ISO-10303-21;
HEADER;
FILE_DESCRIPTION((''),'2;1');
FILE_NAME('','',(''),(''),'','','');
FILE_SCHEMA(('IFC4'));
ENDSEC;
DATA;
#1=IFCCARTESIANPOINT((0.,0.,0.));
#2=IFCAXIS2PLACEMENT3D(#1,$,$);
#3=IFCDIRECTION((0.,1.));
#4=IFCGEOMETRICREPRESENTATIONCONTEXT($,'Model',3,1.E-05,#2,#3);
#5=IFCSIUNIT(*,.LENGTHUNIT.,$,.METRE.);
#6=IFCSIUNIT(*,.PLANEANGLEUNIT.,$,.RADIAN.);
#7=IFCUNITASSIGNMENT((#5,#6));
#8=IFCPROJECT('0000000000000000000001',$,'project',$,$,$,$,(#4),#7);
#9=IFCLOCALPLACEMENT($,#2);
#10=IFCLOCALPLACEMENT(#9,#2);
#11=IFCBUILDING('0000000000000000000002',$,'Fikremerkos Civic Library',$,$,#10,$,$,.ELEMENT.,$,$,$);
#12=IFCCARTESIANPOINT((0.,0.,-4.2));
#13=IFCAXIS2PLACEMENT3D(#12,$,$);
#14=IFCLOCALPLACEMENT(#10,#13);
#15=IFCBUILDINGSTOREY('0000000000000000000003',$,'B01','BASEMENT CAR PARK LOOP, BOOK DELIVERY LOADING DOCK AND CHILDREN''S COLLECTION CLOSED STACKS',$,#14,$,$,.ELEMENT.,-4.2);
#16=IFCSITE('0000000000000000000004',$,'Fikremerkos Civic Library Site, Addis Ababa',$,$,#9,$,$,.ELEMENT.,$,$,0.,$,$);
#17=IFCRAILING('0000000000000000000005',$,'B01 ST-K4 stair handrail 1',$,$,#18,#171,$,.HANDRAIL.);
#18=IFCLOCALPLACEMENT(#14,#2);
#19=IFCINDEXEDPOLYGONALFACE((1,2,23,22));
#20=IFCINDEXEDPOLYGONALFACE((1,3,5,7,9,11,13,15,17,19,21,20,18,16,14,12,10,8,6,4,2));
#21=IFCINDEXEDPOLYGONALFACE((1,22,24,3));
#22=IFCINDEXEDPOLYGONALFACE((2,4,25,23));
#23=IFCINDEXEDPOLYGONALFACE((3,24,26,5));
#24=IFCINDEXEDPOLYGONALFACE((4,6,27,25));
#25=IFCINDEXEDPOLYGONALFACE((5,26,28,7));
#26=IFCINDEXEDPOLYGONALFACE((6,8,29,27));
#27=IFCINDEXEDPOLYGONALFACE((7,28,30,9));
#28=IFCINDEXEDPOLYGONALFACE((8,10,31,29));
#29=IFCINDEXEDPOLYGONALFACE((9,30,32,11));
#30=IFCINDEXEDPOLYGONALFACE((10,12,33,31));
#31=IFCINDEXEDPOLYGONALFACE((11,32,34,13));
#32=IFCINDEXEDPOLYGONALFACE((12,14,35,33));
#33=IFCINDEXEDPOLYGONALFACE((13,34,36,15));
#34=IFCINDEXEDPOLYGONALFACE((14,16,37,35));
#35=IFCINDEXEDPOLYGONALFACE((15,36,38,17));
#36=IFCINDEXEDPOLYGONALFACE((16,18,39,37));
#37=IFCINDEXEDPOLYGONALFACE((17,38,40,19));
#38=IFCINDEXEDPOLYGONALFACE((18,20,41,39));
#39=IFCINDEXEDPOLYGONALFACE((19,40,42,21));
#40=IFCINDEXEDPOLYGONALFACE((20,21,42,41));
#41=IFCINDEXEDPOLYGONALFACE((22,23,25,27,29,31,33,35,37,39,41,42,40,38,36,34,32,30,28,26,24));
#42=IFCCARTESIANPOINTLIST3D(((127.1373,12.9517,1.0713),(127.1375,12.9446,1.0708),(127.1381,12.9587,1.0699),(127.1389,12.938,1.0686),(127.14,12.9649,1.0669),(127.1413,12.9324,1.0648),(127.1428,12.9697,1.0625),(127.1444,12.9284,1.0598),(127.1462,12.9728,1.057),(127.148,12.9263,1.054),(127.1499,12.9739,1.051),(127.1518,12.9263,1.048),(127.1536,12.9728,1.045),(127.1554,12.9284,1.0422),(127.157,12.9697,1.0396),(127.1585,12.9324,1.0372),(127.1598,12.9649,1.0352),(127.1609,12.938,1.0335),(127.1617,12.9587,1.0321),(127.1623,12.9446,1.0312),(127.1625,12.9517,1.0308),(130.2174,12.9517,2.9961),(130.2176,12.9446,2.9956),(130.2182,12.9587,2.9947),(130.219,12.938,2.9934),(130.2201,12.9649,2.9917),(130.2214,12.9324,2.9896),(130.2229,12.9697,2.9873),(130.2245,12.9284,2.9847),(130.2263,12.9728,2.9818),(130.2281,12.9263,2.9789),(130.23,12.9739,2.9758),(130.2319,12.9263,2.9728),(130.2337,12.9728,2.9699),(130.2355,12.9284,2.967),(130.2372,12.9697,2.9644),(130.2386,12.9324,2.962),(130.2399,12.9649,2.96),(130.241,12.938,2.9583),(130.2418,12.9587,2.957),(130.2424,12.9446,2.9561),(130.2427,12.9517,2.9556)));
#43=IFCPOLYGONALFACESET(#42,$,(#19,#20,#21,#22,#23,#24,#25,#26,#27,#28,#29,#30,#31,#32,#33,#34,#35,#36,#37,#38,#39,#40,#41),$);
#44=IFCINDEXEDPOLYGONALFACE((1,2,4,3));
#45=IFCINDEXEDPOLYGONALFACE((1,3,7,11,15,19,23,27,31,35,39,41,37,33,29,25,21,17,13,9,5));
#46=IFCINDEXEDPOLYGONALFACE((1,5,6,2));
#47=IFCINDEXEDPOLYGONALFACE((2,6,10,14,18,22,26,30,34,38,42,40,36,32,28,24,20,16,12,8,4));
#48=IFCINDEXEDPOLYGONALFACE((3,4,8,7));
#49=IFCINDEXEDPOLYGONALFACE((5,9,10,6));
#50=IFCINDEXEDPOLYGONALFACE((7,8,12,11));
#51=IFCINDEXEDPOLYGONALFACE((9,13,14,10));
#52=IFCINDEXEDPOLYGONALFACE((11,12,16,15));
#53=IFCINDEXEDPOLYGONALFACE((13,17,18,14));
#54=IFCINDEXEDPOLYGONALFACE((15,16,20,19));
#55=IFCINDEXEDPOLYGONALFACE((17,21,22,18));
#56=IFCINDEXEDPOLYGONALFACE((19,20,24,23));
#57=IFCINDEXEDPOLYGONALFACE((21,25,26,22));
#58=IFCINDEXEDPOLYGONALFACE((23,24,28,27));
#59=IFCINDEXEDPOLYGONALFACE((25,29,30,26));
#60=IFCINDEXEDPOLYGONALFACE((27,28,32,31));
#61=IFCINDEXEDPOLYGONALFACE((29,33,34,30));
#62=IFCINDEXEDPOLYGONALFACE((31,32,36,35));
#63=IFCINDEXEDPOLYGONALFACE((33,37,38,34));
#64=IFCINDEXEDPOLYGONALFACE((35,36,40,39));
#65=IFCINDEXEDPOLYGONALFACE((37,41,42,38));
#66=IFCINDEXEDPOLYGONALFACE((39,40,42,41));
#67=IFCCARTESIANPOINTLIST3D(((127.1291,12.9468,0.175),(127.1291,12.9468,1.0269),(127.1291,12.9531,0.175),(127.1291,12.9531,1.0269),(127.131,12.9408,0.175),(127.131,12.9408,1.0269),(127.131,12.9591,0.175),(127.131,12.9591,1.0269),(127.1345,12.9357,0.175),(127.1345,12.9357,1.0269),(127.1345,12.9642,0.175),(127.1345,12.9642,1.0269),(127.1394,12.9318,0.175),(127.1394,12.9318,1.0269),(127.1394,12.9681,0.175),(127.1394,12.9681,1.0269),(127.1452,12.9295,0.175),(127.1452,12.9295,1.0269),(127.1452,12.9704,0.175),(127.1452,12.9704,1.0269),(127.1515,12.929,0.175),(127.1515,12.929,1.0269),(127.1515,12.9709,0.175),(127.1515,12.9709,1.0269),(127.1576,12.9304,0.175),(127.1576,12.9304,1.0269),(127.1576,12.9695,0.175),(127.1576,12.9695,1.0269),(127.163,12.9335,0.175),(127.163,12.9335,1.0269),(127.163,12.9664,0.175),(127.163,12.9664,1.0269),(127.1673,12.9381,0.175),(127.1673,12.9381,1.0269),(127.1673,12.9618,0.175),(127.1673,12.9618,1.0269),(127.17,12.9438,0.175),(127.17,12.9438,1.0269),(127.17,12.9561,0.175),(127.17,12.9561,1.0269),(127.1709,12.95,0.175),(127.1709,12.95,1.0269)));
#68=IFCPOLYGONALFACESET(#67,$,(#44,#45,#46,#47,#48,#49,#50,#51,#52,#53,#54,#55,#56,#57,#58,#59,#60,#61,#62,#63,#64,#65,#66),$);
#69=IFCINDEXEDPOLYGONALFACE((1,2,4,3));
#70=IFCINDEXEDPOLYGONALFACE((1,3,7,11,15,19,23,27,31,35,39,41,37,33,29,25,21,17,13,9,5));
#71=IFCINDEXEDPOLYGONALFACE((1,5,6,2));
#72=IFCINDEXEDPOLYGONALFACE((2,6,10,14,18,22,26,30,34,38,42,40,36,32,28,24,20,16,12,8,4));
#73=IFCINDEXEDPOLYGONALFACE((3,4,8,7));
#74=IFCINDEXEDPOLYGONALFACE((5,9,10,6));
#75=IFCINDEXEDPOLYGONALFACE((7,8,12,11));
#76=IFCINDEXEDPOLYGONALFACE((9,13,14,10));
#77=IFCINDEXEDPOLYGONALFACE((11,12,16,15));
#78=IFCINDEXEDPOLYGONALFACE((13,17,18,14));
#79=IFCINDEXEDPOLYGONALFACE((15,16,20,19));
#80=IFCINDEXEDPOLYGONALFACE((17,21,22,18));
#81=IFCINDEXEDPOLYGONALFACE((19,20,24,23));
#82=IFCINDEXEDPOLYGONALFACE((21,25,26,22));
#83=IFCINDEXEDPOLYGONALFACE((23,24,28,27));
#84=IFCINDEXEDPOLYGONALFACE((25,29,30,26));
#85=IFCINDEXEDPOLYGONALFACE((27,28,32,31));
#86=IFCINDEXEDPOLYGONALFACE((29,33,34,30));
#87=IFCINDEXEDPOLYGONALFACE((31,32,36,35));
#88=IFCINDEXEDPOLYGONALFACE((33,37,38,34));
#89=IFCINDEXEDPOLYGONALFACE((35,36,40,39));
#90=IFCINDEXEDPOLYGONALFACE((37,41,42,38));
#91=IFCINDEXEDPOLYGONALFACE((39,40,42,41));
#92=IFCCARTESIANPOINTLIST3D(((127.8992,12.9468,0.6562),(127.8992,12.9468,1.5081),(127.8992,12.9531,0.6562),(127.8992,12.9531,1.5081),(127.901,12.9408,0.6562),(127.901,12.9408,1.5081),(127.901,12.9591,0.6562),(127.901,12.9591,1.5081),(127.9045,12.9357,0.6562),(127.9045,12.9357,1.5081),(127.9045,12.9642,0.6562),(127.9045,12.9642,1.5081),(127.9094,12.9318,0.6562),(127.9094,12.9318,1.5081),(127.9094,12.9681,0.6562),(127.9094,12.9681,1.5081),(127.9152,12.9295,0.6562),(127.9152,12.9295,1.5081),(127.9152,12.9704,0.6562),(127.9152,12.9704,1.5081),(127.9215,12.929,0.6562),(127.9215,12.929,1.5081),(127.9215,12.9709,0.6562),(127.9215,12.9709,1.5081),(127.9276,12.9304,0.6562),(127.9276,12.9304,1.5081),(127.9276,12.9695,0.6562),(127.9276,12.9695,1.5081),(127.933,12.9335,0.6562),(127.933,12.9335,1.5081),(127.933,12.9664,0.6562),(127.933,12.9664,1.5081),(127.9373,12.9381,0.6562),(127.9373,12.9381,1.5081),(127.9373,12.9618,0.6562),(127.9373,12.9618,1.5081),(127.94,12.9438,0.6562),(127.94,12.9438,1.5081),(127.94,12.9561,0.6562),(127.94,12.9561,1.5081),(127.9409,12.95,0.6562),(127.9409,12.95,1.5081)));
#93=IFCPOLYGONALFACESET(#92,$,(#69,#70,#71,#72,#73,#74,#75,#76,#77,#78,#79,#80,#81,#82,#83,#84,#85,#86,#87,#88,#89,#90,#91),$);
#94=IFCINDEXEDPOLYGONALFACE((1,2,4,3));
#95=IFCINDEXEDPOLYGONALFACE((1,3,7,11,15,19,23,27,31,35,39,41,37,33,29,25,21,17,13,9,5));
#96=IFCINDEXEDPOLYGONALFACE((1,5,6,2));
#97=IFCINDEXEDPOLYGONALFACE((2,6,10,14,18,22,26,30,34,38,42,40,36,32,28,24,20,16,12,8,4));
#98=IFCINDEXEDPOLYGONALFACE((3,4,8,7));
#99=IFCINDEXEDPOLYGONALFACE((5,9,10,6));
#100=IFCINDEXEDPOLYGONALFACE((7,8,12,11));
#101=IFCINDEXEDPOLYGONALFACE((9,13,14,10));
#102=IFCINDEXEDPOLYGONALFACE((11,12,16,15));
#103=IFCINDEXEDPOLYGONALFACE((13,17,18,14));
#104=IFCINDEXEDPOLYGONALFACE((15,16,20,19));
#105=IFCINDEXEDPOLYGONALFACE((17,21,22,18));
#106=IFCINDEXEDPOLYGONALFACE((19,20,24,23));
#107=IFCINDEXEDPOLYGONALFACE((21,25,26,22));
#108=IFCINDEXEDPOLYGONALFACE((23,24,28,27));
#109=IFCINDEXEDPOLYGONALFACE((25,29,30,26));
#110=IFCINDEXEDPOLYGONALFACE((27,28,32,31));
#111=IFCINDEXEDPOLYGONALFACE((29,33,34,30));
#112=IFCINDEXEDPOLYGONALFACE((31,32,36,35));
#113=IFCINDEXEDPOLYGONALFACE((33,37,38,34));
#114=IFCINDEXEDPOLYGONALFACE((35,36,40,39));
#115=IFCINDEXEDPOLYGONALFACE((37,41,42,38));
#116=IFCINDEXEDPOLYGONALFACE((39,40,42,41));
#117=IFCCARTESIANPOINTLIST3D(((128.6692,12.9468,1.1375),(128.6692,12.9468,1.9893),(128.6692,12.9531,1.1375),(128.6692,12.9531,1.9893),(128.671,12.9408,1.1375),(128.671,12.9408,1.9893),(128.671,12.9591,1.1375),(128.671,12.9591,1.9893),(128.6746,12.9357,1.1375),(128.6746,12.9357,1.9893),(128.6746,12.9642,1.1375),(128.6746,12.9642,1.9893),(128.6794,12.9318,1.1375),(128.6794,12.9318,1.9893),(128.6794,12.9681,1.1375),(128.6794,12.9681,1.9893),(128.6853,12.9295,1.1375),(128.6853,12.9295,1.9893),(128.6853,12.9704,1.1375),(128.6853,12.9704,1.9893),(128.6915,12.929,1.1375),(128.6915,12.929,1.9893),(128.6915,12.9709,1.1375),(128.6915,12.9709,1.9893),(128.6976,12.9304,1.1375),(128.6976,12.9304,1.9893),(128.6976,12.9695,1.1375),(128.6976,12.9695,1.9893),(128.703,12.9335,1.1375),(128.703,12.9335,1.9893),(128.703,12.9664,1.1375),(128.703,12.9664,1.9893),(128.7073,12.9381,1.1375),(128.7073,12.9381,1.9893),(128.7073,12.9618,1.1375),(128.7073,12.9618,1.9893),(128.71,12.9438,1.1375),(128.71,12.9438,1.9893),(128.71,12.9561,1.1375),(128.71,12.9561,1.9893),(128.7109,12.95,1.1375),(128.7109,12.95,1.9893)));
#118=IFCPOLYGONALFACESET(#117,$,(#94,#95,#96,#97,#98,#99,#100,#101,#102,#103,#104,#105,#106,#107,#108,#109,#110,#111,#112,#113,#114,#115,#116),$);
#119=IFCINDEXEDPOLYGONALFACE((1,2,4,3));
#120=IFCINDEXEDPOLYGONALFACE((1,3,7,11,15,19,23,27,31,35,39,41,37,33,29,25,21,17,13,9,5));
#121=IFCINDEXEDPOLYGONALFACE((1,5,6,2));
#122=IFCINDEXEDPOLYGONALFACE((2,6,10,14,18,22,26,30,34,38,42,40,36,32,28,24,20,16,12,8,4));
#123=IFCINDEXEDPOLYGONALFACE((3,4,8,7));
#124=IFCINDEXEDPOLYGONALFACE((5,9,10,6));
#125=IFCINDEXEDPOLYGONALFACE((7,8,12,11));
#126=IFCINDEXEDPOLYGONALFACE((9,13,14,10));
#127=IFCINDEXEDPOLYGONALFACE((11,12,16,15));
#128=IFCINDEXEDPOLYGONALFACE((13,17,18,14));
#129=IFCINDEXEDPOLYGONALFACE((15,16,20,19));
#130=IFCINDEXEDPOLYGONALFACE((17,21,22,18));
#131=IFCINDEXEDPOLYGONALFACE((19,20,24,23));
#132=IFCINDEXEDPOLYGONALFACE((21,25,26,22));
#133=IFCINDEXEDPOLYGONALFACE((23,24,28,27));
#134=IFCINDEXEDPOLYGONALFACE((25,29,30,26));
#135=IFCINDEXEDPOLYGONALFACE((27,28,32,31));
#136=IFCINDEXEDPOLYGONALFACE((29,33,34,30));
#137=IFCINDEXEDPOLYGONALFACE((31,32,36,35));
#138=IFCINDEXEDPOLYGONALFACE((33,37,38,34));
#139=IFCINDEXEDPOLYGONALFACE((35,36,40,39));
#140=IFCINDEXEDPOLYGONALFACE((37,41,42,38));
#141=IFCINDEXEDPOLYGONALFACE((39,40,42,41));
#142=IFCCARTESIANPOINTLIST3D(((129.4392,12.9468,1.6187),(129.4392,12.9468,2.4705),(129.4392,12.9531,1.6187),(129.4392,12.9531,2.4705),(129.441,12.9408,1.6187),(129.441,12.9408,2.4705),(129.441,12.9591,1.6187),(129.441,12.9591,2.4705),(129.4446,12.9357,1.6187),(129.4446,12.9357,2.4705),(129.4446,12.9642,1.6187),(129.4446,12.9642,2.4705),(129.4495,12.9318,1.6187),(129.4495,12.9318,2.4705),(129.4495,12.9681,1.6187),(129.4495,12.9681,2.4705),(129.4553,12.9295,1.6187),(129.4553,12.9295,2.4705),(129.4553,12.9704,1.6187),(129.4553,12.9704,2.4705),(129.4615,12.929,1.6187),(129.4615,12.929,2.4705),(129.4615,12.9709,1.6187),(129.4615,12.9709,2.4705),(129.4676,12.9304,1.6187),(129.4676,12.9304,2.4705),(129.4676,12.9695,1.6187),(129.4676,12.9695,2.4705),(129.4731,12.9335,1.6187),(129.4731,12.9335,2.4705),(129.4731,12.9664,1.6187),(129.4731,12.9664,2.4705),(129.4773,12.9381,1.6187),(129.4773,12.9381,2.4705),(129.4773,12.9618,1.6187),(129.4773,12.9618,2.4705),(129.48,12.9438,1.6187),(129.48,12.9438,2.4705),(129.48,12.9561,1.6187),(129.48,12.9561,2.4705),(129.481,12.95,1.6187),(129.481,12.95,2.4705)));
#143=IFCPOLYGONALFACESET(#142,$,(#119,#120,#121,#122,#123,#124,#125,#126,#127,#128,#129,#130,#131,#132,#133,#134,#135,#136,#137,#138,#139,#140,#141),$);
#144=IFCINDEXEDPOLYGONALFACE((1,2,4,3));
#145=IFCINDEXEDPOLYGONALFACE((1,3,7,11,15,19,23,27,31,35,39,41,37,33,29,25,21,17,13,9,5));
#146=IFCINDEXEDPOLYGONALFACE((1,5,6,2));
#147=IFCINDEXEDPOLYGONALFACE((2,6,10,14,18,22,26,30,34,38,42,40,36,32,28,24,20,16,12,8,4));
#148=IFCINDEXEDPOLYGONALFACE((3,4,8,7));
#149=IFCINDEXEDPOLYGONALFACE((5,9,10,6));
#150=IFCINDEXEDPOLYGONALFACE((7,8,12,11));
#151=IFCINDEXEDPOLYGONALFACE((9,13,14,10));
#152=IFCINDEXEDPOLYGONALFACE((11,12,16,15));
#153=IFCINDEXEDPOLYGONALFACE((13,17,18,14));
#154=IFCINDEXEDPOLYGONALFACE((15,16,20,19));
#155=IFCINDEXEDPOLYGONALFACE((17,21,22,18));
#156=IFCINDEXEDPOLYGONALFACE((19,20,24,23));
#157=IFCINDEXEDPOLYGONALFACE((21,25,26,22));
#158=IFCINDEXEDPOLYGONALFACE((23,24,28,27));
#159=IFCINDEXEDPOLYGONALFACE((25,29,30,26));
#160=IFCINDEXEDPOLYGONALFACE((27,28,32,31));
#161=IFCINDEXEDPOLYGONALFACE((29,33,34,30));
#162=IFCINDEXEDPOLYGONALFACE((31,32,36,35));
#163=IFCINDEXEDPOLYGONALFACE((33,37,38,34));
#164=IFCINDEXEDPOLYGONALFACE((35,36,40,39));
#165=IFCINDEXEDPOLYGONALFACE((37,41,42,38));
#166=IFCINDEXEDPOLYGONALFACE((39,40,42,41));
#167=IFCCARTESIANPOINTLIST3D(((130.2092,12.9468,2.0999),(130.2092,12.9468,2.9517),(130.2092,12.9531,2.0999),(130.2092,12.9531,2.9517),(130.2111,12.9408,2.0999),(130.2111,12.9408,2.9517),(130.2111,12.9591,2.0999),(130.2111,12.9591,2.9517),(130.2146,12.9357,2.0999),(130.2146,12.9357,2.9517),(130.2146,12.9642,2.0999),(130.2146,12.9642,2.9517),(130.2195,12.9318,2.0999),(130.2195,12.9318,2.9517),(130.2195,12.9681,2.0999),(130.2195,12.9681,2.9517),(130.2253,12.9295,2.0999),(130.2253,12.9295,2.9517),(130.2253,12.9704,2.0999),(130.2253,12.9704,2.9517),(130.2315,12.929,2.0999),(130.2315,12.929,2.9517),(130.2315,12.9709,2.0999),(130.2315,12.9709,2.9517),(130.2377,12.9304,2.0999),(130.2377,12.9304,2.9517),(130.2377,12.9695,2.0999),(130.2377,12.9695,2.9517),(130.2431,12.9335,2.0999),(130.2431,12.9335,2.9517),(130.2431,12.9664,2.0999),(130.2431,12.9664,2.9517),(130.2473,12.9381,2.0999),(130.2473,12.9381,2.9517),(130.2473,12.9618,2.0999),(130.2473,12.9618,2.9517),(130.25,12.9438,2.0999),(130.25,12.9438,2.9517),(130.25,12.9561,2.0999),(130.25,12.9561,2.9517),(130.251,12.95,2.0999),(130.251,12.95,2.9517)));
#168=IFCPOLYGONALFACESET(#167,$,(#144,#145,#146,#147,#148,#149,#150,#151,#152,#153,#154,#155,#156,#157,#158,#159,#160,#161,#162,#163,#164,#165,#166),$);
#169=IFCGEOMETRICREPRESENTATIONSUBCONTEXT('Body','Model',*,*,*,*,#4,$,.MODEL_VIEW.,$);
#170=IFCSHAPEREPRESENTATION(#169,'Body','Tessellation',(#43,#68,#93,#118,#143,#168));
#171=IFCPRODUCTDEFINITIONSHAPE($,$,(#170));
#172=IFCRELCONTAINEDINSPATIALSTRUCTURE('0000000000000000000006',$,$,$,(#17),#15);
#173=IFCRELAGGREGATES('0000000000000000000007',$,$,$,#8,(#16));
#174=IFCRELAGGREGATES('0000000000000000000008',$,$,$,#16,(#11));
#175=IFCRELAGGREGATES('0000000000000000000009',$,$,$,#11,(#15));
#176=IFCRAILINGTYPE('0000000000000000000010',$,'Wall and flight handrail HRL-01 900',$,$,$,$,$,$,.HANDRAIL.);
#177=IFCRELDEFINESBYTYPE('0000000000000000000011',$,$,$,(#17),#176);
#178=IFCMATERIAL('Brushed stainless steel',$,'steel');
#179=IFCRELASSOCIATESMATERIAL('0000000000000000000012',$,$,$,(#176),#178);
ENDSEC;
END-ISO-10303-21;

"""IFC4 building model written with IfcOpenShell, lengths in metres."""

from ifc_helpers import new_model, si_unit, direction, frame, origin, origin_2d, place, context, subcontext, project, spatial, circle, extrude, material, type_object, element, save


model = new_model("IFC4")

# Units and contexts
model_context = context("Model", 3, precision=1e-05, world=origin(), true_north=direction((0.0, 1.0)))
body_context = subcontext(model_context, "Body", "Model", "MODEL_VIEW")
ifc_project = project(units=[si_unit("LENGTHUNIT", "METRE"), si_unit("PLANEANGLEUNIT", "RADIAN")], contexts=[model_context])

# Site, building, storey
site_placement = place(None, origin())
site = spatial("IfcSite", under=ifc_project, at=site_placement, Name="Fikremerkos Civic Library Site, Addis Ababa", CompositionType="ELEMENT", RefElevation=0.0)
building_placement = place(site_placement, origin())
building = spatial("IfcBuilding", under=site, at=building_placement, Name="Fikremerkos Civic Library", CompositionType="ELEMENT")
storey_placement = place(building_placement, frame((0.0, 0.0, -4.2)))
storey = spatial("IfcBuildingStorey", under=building, at=storey_placement, Name="B01", Description="BASEMENT CAR PARK LOOP, BOOK DELIVERY LOADING DOCK AND CHILDREN'S COLLECTION CLOSED STACKS", CompositionType="ELEMENT", Elevation=-4.2)

# Shared definitions
ifc_material_1 = material(Name="Brushed stainless steel", Category="steel")

# Railing
railing_type_1 = type_object("IfcRailingType", Name="Wall and flight handrail HRL-01 900", PredefinedType="HANDRAIL", material=ifc_material_1)
railing_1_placement = place(storey_placement, frame((127.1499, 12.95, 0.175)))
element("IfcRailing", 1, at=railing_1_placement, inside=storey, type_object=railing_type_1, Name="B01 ST-K4 stair handrail 1", PredefinedType="HANDRAIL", context=body_context, shape_type="SweptSolid", body=[
    extrude(circle(Radius=0.0239, at=origin_2d()), frame((0.0, 0.0, 0.876), z_axis=(0.848029, 0.0, 0.529951), x_axis=(0.0, 1.0, 0.0)), (0.0, 0.0, 1.0), 3.6321),
    extrude(circle(Radius=0.021, at=origin_2d()), origin(), (0.0, 0.0, 1.0), 0.8518),
    extrude(circle(Radius=0.021, at=origin_2d()), frame((0.77, 0.0, 0.4812)), (0.0, 0.0, 1.0), 0.8518),
    extrude(circle(Radius=0.021, at=origin_2d()), frame((1.54, 0.0, 0.9624)), (0.0, 0.0, 1.0), 0.8518),
    extrude(circle(Radius=0.021, at=origin_2d()), frame((2.3101, 0.0, 1.4436)), (0.0, 0.0, 1.0), 0.8518),
    extrude(circle(Radius=0.021, at=origin_2d()), frame((3.0801, 0.0, 1.9248)), (0.0, 0.0, 1.0), 0.8518),
])

save(model, "model.ifc")
